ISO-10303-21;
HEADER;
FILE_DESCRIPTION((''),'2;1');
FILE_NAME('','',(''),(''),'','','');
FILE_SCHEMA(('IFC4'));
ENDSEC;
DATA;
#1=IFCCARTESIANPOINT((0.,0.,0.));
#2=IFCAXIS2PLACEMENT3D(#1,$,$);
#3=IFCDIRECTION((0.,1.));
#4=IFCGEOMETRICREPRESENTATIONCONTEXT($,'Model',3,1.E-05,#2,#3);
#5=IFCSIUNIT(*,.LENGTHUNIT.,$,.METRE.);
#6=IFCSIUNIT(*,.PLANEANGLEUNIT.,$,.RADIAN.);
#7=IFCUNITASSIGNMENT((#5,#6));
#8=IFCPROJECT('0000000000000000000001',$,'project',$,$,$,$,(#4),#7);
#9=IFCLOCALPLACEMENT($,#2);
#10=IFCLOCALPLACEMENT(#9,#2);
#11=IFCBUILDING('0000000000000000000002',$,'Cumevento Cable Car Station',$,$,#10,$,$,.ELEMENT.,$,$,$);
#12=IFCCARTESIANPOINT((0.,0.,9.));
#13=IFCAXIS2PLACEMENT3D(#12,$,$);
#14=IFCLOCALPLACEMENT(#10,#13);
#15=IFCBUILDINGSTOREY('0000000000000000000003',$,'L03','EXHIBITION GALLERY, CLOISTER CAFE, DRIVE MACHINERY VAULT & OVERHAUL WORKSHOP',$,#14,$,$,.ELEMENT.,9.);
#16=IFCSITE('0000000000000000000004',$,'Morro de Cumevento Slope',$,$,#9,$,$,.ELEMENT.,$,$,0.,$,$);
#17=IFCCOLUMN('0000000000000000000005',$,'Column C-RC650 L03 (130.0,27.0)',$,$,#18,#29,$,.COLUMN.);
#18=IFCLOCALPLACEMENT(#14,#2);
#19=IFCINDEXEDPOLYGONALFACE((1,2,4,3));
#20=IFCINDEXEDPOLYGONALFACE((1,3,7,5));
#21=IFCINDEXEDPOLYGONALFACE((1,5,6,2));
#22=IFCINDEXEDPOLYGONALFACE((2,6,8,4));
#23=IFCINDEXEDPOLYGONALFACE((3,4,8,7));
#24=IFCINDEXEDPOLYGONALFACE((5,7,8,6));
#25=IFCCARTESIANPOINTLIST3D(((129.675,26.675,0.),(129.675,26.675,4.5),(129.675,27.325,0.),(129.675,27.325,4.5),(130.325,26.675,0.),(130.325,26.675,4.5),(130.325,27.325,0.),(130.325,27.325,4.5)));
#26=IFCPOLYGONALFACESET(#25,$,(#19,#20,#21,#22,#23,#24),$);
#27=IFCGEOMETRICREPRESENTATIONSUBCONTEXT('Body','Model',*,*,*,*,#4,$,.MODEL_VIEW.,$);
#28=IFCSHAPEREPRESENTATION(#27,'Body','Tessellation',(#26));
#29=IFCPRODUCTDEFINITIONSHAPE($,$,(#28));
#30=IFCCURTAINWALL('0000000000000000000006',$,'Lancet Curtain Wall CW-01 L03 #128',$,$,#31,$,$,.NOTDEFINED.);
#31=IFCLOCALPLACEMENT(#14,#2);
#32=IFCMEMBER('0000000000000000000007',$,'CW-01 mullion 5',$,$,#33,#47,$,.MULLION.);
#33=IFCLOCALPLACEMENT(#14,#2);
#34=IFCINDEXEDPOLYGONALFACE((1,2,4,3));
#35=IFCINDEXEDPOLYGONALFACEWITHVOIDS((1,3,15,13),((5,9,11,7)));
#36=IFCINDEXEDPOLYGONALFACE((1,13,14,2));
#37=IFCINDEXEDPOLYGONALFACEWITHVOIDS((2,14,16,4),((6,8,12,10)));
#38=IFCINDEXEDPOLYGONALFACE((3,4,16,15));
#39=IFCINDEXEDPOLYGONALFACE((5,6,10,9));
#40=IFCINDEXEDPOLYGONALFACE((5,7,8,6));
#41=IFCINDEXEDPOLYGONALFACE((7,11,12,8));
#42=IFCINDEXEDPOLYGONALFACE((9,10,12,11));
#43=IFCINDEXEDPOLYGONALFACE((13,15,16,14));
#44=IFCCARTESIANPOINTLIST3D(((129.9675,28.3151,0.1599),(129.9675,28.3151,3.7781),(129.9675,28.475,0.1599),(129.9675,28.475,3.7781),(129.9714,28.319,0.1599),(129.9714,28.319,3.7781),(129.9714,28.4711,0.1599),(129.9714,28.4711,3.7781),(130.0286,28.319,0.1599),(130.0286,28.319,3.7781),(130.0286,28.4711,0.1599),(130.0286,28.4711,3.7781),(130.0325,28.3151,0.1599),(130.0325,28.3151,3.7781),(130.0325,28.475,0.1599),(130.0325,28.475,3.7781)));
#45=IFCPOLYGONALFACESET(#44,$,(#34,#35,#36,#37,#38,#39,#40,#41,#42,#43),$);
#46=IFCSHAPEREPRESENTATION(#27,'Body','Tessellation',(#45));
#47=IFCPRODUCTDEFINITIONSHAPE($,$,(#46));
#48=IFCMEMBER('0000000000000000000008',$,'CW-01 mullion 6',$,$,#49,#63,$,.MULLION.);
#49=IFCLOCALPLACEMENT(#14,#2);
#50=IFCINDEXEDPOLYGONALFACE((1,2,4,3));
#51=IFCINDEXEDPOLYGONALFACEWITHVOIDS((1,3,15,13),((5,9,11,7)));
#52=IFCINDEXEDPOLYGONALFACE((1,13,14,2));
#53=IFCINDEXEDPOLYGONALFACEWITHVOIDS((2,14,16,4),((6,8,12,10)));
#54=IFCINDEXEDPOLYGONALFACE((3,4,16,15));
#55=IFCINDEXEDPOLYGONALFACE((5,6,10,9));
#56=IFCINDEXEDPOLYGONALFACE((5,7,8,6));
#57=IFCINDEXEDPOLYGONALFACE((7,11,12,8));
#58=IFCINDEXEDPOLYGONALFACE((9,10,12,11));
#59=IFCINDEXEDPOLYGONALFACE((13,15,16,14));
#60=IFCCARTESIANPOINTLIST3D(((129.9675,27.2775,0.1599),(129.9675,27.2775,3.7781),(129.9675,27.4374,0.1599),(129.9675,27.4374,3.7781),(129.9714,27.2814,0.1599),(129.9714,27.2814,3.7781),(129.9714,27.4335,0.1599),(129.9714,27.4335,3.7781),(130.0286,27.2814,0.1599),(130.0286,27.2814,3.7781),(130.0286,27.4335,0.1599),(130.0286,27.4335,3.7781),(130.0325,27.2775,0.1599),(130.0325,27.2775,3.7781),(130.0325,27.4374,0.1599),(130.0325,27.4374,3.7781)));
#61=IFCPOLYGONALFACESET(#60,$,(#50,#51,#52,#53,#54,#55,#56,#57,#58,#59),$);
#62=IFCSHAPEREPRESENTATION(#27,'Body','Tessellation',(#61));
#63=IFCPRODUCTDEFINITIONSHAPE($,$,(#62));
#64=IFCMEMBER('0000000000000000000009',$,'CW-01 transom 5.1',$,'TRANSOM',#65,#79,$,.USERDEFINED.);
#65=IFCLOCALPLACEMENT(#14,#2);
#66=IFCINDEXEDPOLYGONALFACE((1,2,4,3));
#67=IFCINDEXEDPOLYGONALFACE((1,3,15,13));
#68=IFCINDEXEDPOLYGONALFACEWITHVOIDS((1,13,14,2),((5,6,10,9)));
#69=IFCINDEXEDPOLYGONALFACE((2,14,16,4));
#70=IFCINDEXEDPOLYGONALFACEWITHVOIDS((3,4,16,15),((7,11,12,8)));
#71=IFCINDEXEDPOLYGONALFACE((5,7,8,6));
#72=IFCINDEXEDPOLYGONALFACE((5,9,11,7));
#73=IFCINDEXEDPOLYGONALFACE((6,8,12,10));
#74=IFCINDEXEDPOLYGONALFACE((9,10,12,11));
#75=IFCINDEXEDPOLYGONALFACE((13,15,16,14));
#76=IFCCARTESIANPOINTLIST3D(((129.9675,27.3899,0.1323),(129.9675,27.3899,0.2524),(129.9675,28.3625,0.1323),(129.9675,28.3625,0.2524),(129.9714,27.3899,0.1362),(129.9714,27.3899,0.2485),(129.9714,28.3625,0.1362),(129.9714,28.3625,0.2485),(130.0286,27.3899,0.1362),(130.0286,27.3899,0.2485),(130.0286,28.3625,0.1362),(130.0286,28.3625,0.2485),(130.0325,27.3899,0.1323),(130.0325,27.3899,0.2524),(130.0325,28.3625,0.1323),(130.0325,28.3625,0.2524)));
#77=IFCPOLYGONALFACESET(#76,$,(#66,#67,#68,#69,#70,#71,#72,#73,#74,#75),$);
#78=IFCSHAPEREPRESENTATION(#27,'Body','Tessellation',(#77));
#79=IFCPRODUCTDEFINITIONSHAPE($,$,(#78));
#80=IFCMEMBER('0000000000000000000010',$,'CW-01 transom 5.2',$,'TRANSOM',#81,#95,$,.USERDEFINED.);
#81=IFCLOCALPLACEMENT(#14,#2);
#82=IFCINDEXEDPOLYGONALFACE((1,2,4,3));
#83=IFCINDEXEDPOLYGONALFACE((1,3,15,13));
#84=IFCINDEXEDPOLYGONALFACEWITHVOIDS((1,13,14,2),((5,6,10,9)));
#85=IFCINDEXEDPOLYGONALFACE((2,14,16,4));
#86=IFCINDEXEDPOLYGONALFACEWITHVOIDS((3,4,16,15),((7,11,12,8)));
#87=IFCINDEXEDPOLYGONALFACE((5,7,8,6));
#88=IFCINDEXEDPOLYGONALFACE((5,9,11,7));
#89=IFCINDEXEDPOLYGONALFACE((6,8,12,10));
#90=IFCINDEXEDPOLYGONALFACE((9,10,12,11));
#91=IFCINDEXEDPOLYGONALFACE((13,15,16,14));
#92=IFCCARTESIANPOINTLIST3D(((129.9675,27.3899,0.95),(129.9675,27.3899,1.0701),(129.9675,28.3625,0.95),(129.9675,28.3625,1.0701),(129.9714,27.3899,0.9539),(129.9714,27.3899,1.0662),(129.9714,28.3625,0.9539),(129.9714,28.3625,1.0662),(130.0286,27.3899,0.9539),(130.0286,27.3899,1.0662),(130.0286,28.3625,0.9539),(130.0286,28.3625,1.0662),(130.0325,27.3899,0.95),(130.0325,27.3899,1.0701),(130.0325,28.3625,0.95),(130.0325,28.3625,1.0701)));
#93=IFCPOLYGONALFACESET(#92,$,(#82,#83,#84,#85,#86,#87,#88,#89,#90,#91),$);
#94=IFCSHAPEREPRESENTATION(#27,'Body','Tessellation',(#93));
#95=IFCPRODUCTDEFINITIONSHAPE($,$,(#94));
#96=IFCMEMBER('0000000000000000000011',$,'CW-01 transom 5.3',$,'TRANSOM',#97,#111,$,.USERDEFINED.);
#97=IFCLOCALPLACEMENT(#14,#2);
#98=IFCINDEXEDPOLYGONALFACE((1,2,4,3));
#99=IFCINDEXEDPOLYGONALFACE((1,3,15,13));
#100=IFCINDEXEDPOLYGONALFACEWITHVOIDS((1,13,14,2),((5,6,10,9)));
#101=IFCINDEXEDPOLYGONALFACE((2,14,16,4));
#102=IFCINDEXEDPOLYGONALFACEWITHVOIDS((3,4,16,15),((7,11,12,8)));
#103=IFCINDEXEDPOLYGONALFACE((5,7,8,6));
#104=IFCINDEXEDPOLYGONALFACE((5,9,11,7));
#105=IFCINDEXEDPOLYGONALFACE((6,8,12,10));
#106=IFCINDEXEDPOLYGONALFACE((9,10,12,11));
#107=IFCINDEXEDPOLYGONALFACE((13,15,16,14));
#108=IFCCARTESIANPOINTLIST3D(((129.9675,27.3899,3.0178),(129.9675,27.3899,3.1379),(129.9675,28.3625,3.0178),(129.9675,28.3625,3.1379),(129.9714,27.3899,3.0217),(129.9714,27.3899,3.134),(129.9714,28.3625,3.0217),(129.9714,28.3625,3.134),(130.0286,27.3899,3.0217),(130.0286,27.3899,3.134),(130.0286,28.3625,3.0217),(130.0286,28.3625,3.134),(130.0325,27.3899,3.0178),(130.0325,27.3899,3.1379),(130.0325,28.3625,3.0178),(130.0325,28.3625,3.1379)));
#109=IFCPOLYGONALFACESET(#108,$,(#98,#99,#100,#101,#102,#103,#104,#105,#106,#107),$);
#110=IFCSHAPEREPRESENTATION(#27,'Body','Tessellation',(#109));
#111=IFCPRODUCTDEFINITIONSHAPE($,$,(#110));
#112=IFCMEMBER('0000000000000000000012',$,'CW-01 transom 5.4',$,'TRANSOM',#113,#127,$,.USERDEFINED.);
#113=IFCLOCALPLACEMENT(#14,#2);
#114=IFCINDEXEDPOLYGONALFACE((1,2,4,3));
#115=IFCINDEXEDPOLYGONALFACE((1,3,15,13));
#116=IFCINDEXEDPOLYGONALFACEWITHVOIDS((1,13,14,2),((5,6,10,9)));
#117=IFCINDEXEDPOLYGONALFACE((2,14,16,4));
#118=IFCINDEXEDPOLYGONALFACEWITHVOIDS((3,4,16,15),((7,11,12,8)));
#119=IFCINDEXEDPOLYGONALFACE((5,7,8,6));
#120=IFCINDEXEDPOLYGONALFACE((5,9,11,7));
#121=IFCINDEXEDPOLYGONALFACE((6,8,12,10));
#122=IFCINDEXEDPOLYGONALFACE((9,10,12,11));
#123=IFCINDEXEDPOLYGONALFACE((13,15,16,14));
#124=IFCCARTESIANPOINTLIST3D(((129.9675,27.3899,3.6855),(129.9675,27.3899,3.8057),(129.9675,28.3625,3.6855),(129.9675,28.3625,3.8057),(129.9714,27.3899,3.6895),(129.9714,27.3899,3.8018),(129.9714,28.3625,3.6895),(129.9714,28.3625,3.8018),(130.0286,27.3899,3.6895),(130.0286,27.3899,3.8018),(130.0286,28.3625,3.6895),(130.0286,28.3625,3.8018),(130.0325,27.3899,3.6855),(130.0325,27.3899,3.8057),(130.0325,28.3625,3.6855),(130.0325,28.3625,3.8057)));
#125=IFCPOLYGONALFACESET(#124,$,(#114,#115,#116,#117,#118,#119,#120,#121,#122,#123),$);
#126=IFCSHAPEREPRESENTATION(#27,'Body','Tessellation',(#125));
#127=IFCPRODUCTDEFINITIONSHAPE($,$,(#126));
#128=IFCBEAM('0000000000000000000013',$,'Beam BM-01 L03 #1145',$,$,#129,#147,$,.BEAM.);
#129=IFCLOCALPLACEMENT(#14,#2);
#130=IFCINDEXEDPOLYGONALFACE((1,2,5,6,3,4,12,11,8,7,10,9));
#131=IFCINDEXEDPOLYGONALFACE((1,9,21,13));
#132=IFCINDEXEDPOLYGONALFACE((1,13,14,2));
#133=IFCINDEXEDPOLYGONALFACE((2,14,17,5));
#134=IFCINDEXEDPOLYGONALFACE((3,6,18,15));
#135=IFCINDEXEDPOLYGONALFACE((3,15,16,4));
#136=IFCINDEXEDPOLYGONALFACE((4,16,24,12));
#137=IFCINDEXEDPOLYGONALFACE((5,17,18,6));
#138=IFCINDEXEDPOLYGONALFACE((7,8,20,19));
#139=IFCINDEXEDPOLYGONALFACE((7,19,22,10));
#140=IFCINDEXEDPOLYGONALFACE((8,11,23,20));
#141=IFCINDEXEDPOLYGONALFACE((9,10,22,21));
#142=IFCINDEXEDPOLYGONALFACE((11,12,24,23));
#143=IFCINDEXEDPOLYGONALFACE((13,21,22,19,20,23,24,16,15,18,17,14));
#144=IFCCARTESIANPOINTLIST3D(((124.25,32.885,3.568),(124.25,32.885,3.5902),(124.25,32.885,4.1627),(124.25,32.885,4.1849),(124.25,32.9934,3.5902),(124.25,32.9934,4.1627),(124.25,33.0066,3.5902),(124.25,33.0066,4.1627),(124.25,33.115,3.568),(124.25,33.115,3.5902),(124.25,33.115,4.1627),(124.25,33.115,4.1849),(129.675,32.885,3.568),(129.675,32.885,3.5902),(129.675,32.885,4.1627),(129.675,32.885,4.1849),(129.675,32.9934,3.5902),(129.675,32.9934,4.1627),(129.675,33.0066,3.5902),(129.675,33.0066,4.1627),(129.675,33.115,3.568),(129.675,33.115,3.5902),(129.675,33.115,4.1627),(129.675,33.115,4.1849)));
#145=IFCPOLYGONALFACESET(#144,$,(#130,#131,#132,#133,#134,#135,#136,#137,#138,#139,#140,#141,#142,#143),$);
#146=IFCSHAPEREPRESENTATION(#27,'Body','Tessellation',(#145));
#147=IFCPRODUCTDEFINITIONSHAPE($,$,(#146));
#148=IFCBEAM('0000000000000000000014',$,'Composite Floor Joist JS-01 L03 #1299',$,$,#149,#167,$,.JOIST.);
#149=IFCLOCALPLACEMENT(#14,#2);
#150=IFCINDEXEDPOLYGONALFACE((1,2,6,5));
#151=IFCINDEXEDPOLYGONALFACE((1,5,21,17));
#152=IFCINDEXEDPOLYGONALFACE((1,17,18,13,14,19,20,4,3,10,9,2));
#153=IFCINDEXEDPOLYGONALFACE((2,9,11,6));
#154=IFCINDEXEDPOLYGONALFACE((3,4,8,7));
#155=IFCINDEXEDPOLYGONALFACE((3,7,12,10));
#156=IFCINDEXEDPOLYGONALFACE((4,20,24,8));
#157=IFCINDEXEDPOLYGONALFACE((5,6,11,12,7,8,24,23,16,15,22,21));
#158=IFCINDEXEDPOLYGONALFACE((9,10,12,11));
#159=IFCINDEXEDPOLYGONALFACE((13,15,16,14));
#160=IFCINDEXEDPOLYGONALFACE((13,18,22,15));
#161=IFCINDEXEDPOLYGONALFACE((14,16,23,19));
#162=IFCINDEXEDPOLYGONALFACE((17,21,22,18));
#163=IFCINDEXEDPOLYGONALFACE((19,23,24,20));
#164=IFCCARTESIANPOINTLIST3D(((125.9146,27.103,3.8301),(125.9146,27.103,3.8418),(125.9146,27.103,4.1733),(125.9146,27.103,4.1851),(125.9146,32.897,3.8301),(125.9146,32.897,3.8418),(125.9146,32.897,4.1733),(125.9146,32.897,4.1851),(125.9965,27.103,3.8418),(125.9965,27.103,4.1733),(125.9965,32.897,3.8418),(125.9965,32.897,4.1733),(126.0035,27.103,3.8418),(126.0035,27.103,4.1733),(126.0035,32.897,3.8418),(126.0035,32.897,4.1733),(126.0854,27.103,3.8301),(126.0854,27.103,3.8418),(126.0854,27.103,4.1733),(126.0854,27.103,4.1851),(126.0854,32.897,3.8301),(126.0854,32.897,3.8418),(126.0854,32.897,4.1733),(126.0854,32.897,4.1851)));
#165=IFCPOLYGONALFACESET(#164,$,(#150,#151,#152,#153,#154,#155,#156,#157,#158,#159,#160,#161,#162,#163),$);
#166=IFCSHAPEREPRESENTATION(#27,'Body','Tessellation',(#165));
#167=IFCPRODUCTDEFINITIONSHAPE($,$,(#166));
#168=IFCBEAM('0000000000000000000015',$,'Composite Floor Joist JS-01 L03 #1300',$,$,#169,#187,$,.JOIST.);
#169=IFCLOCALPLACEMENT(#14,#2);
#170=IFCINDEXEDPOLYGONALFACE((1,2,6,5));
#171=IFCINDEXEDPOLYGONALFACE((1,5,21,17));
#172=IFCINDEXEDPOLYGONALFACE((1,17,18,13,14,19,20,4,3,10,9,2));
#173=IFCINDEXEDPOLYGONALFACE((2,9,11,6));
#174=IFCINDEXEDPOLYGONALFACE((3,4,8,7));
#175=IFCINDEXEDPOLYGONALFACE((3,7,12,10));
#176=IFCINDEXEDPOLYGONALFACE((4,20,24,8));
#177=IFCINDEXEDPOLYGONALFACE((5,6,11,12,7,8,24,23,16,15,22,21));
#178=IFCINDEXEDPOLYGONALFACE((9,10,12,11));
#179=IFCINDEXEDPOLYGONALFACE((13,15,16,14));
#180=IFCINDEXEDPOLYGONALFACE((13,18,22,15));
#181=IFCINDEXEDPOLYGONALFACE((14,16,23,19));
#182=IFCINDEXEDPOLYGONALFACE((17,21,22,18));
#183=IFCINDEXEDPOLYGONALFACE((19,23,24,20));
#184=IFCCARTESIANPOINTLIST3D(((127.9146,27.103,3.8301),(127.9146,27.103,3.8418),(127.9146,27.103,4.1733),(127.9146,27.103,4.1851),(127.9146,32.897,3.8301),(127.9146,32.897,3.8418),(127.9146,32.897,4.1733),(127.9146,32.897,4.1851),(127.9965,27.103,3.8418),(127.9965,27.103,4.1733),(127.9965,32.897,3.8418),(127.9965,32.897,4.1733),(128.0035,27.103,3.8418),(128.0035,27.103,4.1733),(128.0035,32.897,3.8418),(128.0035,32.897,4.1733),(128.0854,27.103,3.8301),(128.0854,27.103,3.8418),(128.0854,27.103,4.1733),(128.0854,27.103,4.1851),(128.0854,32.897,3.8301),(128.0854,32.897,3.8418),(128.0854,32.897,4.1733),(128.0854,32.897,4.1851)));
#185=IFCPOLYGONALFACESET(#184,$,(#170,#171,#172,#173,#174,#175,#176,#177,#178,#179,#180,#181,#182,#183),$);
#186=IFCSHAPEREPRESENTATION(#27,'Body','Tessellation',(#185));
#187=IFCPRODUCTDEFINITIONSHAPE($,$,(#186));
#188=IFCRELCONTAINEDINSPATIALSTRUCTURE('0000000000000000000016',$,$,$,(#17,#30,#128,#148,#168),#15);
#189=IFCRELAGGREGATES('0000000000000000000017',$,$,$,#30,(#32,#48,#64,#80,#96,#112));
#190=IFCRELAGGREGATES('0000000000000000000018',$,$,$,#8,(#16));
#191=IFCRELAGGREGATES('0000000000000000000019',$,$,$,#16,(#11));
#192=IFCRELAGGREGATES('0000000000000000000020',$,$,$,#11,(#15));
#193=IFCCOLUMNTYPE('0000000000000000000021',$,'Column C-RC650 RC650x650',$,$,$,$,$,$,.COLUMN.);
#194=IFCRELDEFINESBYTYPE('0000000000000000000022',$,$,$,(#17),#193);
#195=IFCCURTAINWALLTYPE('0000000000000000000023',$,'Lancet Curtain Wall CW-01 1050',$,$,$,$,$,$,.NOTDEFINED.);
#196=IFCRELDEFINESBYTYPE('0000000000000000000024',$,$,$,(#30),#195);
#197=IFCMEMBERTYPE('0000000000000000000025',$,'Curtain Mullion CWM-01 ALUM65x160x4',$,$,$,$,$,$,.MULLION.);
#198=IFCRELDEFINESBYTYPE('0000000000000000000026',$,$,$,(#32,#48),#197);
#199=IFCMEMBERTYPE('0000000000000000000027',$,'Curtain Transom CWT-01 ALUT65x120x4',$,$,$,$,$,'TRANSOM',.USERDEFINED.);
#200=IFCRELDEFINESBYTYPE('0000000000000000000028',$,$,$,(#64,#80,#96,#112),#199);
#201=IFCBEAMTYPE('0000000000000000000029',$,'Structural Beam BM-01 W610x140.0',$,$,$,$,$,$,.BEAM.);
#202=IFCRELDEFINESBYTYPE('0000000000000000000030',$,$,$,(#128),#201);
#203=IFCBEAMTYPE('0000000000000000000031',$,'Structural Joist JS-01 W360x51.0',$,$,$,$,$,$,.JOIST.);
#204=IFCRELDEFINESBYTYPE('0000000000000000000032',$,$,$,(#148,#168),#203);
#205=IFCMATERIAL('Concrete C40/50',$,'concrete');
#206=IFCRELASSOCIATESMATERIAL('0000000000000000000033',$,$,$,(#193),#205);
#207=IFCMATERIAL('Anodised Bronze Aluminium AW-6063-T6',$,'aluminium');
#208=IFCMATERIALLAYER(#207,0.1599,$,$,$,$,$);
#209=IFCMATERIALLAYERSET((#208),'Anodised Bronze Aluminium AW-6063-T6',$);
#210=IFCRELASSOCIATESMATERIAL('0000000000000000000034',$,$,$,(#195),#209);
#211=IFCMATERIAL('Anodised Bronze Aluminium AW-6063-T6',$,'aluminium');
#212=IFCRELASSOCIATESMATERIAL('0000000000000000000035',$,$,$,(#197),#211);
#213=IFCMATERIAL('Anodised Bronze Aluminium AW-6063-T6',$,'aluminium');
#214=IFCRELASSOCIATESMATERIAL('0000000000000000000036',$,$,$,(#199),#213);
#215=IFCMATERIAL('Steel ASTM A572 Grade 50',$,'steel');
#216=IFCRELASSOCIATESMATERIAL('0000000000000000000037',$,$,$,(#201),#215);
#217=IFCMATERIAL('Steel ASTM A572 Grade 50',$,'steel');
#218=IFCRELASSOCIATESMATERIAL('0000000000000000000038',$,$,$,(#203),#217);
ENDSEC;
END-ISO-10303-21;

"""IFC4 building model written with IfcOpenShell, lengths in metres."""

from ifc_helpers import new_model, si_unit, direction, frame, origin, origin_2d, place, context, subcontext, project, spatial, rectangle, hollow_rectangle, i_section, extrude, material, layer, layer_set, material_profile, profile_set, type_object, element, aggregate, save


model = new_model("IFC4")

# Units and contexts
model_context = context("Model", 3, precision=1e-05, world=origin(), true_north=direction((0.0, 1.0)))
body_context = subcontext(model_context, "Body", "Model", "MODEL_VIEW")
ifc_project = project(units=[si_unit("LENGTHUNIT", "METRE"), si_unit("PLANEANGLEUNIT", "RADIAN")], contexts=[model_context])

# Site, building, storey
site_placement = place(None, origin())
site = spatial("IfcSite", under=ifc_project, at=site_placement, Name="Morro de Cumevento Slope", CompositionType="ELEMENT", RefElevation=0.0)
building_placement = place(site_placement, origin())
building = spatial("IfcBuilding", under=site, at=building_placement, Name="Cumevento Cable Car Station", CompositionType="ELEMENT")
storey_placement = place(building_placement, frame((0.0, 0.0, 9.0)))
storey = spatial("IfcBuildingStorey", under=building, at=storey_placement, Name="L03", Description="EXHIBITION GALLERY, CLOISTER CAFE, DRIVE MACHINERY VAULT & OVERHAUL WORKSHOP", CompositionType="ELEMENT", Elevation=9.0)

# Column
ifc_material_1 = material(Name="Concrete C40/50", Category="concrete")
ifc_material_profile_1 = material_profile(ifc_material_1, rectangle(XDim=0.6499, YDim=0.6499, at=origin_2d()), Name="RC650x650")
ifc_profile_set_1 = profile_set([ifc_material_profile_1], Name="Concrete C40/50")
column_type = type_object("IfcColumnType", Name="Column C-RC650 RC650x650", PredefinedType="COLUMN", material=ifc_profile_set_1)
column_placement = place(storey_placement, frame((130.0, 27.0, 0.0), z_axis=(0.0, 0.0, 1.0), x_axis=(1.0, 0.0, 0.0)))
element("IfcColumn", 1, at=column_placement, inside=storey, type_object=column_type, Name="Column C-RC650 L03 (130.0,27.0)", PredefinedType="COLUMN", context=body_context, shape_type="SweptSolid", body=[
    extrude(rectangle(XDim=0.6499, YDim=0.6499, at=origin_2d()), origin(), (0.0, 0.0, 1.0), 4.5),
])

# Curtain wall, members
ifc_material_2 = material(Name="Anodised Bronze Aluminium AW-6063-T6", Category="aluminium")
ifc_layer_1 = layer(ifc_material_2, 0.1599)
ifc_layer_set_1 = layer_set([ifc_layer_1], Name="Anodised Bronze Aluminium AW-6063-T6")
curtain_wall_type = type_object("IfcCurtainWallType", Name="Lancet Curtain Wall CW-01 1050", PredefinedType="NOTDEFINED", material=ifc_layer_set_1)
curtain_wall_placement = place(storey_placement, origin())
curtain_wall = element("IfcCurtainWall", 2, at=curtain_wall_placement, inside=storey, type_object=curtain_wall_type, Name="Lancet Curtain Wall CW-01 L03 #128", PredefinedType="NOTDEFINED")
ifc_material_3 = material(Name="Anodised Bronze Aluminium AW-6063-T6", Category="aluminium")
ifc_material_profile_2 = material_profile(ifc_material_3, hollow_rectangle(XDim=0.0649, YDim=0.1599, WallThickness=0.0039, at=origin_2d()), Name="ALUM65x160x4")
ifc_profile_set_2 = profile_set([ifc_material_profile_2], Name="Anodised Bronze Aluminium AW-6063-T6")
member_type_1 = type_object("IfcMemberType", Name="Curtain Mullion CWM-01 ALUM65x160x4", PredefinedType="MULLION", material=ifc_profile_set_2)
member_1_placement = place(storey_placement, frame((130.0, 28.395, 0.1599), z_axis=(0.0, 0.0, 1.0), x_axis=(1.0, 0.0, 0.0)))
member_1 = element("IfcMember", 3, at=member_1_placement, type_object=member_type_1, Name="CW-01 mullion 5", PredefinedType="MULLION", context=body_context, shape_type="SweptSolid", body=[
    extrude(hollow_rectangle(XDim=0.0649, YDim=0.1599, WallThickness=0.0039, at=origin_2d()), origin(), (0.0, 0.0, 1.0), 3.6182),
])
member_2_placement = place(storey_placement, frame((130.0, 27.3574, 0.1599), z_axis=(0.0, 0.0, 1.0), x_axis=(1.0, 0.0, 0.0)))
member_2 = element("IfcMember", 4, at=member_2_placement, type_object=member_type_1, Name="CW-01 mullion 6", PredefinedType="MULLION", context=body_context, shape_type="SweptSolid", body=[
    extrude(hollow_rectangle(XDim=0.0649, YDim=0.1599, WallThickness=0.0039, at=origin_2d()), origin(), (0.0, 0.0, 1.0), 3.6182),
])
ifc_material_4 = material(Name="Anodised Bronze Aluminium AW-6063-T6", Category="aluminium")
ifc_material_profile_3 = material_profile(ifc_material_4, hollow_rectangle(XDim=0.0649, YDim=0.1201, WallThickness=0.0039, at=origin_2d()), Name="ALUT65x120x4")
ifc_profile_set_3 = profile_set([ifc_material_profile_3], Name="Anodised Bronze Aluminium AW-6063-T6")
member_type_2 = type_object("IfcMemberType", Name="Curtain Transom CWT-01 ALUT65x120x4", ElementType="TRANSOM", PredefinedType="USERDEFINED", material=ifc_profile_set_3)
member_3_placement = place(storey_placement, frame((130.0, 28.3625, 0.1924), z_axis=(0.0, -1.0, 0.0), x_axis=(1.0, 0.0, 0.0)))
member_3 = element("IfcMember", 5, at=member_3_placement, type_object=member_type_2, Name="CW-01 transom 5.1", ObjectType="TRANSOM", PredefinedType="USERDEFINED", context=body_context, shape_type="SweptSolid", body=[
    extrude(hollow_rectangle(XDim=0.0649, YDim=0.1201, WallThickness=0.0039, at=origin_2d()), origin(), (0.0, 0.0, 1.0), 0.9727),
])
member_4_placement = place(storey_placement, frame((130.0, 28.3625, 1.01), z_axis=(0.0, -1.0, 0.0), x_axis=(1.0, 0.0, 0.0)))
member_4 = element("IfcMember", 6, at=member_4_placement, type_object=member_type_2, Name="CW-01 transom 5.2", ObjectType="TRANSOM", PredefinedType="USERDEFINED", context=body_context, shape_type="SweptSolid", body=[
    extrude(hollow_rectangle(XDim=0.0649, YDim=0.1201, WallThickness=0.0039, at=origin_2d()), origin(), (0.0, 0.0, 1.0), 0.9727),
])
member_5_placement = place(storey_placement, frame((130.0, 28.3625, 3.0779), z_axis=(0.0, -1.0, 0.0), x_axis=(1.0, 0.0, 0.0)))
member_5 = element("IfcMember", 7, at=member_5_placement, type_object=member_type_2, Name="CW-01 transom 5.3", ObjectType="TRANSOM", PredefinedType="USERDEFINED", context=body_context, shape_type="SweptSolid", body=[
    extrude(hollow_rectangle(XDim=0.0649, YDim=0.1201, WallThickness=0.0039, at=origin_2d()), origin(), (0.0, 0.0, 1.0), 0.9727),
])
member_6_placement = place(storey_placement, frame((130.0, 28.3625, 3.7456), z_axis=(0.0, -1.0, 0.0), x_axis=(1.0, 0.0, 0.0)))
member_6 = element("IfcMember", 8, at=member_6_placement, type_object=member_type_2, Name="CW-01 transom 5.4", ObjectType="TRANSOM", PredefinedType="USERDEFINED", context=body_context, shape_type="SweptSolid", body=[
    extrude(hollow_rectangle(XDim=0.0649, YDim=0.1201, WallThickness=0.0039, at=origin_2d()), origin(), (0.0, 0.0, 1.0), 0.9727),
])

# Beams
ifc_material_5 = material(Name="Steel ASTM A572 Grade 50", Category="steel")
ifc_material_profile_4 = material_profile(ifc_material_5, i_section(OverallWidth=0.23, OverallDepth=0.6169, WebThickness=0.0132, FlangeThickness=0.0222, at=origin_2d()), Name="W610x140.0")
ifc_profile_set_4 = profile_set([ifc_material_profile_4], Name="Steel ASTM A572 Grade 50")
beam_type_1 = type_object("IfcBeamType", Name="Structural Beam BM-01 W610x140.0", PredefinedType="BEAM", material=ifc_profile_set_4)
beam_1_placement = place(storey_placement, frame((124.25, 33.0, 3.8765), z_axis=(1.0, 0.0, 0.0), x_axis=(0.0, 1.0, 0.0)))
element("IfcBeam", 9, at=beam_1_placement, inside=storey, type_object=beam_type_1, Name="Beam BM-01 L03 #1145", PredefinedType="BEAM", context=body_context, shape_type="SweptSolid", body=[
    extrude(i_section(OverallWidth=0.23, OverallDepth=0.6169, WebThickness=0.0132, FlangeThickness=0.0222, at=origin_2d()), origin(), (0.0, 0.0, 1.0), 5.425),
])
ifc_material_6 = material(Name="Steel ASTM A572 Grade 50", Category="steel")
ifc_material_profile_5 = material_profile(ifc_material_6, i_section(OverallWidth=0.1709, OverallDepth=0.355, WebThickness=0.0071, FlangeThickness=0.0117, at=origin_2d()), Name="W360x51.0")
ifc_profile_set_5 = profile_set([ifc_material_profile_5], Name="Steel ASTM A572 Grade 50")
beam_type_2 = type_object("IfcBeamType", Name="Structural Joist JS-01 W360x51.0", PredefinedType="JOIST", material=ifc_profile_set_5)
for number, where, z_axis, x_axis, name in (
    (10, (126.0, 27.103, 4.0076), (0.0, 1.0, 0.0), (-1.0, 0.0, 0.0), "Composite Floor Joist JS-01 L03 #1299"),
    (11, (128.0, 27.103, 4.0076), (0.0, 1.0, 0.0), (-1.0, 0.0, 0.0), "Composite Floor Joist JS-01 L03 #1300"),
):
    element("IfcBeam", number, at=place(storey_placement, frame(where, z_axis=z_axis, x_axis=x_axis)), inside=storey, type_object=beam_type_2, Name=name, PredefinedType="JOIST", context=body_context, shape_type="SweptSolid", body=[
        extrude(i_section(OverallWidth=0.1709, OverallDepth=0.355, WebThickness=0.0071, FlangeThickness=0.0117, at=origin_2d()), origin(), (0.0, 0.0, 1.0), 5.7939),
    ])

aggregate(curtain_wall, [member_1, member_2, member_3, member_4, member_5, member_6])

save(model, "model.ifc")
